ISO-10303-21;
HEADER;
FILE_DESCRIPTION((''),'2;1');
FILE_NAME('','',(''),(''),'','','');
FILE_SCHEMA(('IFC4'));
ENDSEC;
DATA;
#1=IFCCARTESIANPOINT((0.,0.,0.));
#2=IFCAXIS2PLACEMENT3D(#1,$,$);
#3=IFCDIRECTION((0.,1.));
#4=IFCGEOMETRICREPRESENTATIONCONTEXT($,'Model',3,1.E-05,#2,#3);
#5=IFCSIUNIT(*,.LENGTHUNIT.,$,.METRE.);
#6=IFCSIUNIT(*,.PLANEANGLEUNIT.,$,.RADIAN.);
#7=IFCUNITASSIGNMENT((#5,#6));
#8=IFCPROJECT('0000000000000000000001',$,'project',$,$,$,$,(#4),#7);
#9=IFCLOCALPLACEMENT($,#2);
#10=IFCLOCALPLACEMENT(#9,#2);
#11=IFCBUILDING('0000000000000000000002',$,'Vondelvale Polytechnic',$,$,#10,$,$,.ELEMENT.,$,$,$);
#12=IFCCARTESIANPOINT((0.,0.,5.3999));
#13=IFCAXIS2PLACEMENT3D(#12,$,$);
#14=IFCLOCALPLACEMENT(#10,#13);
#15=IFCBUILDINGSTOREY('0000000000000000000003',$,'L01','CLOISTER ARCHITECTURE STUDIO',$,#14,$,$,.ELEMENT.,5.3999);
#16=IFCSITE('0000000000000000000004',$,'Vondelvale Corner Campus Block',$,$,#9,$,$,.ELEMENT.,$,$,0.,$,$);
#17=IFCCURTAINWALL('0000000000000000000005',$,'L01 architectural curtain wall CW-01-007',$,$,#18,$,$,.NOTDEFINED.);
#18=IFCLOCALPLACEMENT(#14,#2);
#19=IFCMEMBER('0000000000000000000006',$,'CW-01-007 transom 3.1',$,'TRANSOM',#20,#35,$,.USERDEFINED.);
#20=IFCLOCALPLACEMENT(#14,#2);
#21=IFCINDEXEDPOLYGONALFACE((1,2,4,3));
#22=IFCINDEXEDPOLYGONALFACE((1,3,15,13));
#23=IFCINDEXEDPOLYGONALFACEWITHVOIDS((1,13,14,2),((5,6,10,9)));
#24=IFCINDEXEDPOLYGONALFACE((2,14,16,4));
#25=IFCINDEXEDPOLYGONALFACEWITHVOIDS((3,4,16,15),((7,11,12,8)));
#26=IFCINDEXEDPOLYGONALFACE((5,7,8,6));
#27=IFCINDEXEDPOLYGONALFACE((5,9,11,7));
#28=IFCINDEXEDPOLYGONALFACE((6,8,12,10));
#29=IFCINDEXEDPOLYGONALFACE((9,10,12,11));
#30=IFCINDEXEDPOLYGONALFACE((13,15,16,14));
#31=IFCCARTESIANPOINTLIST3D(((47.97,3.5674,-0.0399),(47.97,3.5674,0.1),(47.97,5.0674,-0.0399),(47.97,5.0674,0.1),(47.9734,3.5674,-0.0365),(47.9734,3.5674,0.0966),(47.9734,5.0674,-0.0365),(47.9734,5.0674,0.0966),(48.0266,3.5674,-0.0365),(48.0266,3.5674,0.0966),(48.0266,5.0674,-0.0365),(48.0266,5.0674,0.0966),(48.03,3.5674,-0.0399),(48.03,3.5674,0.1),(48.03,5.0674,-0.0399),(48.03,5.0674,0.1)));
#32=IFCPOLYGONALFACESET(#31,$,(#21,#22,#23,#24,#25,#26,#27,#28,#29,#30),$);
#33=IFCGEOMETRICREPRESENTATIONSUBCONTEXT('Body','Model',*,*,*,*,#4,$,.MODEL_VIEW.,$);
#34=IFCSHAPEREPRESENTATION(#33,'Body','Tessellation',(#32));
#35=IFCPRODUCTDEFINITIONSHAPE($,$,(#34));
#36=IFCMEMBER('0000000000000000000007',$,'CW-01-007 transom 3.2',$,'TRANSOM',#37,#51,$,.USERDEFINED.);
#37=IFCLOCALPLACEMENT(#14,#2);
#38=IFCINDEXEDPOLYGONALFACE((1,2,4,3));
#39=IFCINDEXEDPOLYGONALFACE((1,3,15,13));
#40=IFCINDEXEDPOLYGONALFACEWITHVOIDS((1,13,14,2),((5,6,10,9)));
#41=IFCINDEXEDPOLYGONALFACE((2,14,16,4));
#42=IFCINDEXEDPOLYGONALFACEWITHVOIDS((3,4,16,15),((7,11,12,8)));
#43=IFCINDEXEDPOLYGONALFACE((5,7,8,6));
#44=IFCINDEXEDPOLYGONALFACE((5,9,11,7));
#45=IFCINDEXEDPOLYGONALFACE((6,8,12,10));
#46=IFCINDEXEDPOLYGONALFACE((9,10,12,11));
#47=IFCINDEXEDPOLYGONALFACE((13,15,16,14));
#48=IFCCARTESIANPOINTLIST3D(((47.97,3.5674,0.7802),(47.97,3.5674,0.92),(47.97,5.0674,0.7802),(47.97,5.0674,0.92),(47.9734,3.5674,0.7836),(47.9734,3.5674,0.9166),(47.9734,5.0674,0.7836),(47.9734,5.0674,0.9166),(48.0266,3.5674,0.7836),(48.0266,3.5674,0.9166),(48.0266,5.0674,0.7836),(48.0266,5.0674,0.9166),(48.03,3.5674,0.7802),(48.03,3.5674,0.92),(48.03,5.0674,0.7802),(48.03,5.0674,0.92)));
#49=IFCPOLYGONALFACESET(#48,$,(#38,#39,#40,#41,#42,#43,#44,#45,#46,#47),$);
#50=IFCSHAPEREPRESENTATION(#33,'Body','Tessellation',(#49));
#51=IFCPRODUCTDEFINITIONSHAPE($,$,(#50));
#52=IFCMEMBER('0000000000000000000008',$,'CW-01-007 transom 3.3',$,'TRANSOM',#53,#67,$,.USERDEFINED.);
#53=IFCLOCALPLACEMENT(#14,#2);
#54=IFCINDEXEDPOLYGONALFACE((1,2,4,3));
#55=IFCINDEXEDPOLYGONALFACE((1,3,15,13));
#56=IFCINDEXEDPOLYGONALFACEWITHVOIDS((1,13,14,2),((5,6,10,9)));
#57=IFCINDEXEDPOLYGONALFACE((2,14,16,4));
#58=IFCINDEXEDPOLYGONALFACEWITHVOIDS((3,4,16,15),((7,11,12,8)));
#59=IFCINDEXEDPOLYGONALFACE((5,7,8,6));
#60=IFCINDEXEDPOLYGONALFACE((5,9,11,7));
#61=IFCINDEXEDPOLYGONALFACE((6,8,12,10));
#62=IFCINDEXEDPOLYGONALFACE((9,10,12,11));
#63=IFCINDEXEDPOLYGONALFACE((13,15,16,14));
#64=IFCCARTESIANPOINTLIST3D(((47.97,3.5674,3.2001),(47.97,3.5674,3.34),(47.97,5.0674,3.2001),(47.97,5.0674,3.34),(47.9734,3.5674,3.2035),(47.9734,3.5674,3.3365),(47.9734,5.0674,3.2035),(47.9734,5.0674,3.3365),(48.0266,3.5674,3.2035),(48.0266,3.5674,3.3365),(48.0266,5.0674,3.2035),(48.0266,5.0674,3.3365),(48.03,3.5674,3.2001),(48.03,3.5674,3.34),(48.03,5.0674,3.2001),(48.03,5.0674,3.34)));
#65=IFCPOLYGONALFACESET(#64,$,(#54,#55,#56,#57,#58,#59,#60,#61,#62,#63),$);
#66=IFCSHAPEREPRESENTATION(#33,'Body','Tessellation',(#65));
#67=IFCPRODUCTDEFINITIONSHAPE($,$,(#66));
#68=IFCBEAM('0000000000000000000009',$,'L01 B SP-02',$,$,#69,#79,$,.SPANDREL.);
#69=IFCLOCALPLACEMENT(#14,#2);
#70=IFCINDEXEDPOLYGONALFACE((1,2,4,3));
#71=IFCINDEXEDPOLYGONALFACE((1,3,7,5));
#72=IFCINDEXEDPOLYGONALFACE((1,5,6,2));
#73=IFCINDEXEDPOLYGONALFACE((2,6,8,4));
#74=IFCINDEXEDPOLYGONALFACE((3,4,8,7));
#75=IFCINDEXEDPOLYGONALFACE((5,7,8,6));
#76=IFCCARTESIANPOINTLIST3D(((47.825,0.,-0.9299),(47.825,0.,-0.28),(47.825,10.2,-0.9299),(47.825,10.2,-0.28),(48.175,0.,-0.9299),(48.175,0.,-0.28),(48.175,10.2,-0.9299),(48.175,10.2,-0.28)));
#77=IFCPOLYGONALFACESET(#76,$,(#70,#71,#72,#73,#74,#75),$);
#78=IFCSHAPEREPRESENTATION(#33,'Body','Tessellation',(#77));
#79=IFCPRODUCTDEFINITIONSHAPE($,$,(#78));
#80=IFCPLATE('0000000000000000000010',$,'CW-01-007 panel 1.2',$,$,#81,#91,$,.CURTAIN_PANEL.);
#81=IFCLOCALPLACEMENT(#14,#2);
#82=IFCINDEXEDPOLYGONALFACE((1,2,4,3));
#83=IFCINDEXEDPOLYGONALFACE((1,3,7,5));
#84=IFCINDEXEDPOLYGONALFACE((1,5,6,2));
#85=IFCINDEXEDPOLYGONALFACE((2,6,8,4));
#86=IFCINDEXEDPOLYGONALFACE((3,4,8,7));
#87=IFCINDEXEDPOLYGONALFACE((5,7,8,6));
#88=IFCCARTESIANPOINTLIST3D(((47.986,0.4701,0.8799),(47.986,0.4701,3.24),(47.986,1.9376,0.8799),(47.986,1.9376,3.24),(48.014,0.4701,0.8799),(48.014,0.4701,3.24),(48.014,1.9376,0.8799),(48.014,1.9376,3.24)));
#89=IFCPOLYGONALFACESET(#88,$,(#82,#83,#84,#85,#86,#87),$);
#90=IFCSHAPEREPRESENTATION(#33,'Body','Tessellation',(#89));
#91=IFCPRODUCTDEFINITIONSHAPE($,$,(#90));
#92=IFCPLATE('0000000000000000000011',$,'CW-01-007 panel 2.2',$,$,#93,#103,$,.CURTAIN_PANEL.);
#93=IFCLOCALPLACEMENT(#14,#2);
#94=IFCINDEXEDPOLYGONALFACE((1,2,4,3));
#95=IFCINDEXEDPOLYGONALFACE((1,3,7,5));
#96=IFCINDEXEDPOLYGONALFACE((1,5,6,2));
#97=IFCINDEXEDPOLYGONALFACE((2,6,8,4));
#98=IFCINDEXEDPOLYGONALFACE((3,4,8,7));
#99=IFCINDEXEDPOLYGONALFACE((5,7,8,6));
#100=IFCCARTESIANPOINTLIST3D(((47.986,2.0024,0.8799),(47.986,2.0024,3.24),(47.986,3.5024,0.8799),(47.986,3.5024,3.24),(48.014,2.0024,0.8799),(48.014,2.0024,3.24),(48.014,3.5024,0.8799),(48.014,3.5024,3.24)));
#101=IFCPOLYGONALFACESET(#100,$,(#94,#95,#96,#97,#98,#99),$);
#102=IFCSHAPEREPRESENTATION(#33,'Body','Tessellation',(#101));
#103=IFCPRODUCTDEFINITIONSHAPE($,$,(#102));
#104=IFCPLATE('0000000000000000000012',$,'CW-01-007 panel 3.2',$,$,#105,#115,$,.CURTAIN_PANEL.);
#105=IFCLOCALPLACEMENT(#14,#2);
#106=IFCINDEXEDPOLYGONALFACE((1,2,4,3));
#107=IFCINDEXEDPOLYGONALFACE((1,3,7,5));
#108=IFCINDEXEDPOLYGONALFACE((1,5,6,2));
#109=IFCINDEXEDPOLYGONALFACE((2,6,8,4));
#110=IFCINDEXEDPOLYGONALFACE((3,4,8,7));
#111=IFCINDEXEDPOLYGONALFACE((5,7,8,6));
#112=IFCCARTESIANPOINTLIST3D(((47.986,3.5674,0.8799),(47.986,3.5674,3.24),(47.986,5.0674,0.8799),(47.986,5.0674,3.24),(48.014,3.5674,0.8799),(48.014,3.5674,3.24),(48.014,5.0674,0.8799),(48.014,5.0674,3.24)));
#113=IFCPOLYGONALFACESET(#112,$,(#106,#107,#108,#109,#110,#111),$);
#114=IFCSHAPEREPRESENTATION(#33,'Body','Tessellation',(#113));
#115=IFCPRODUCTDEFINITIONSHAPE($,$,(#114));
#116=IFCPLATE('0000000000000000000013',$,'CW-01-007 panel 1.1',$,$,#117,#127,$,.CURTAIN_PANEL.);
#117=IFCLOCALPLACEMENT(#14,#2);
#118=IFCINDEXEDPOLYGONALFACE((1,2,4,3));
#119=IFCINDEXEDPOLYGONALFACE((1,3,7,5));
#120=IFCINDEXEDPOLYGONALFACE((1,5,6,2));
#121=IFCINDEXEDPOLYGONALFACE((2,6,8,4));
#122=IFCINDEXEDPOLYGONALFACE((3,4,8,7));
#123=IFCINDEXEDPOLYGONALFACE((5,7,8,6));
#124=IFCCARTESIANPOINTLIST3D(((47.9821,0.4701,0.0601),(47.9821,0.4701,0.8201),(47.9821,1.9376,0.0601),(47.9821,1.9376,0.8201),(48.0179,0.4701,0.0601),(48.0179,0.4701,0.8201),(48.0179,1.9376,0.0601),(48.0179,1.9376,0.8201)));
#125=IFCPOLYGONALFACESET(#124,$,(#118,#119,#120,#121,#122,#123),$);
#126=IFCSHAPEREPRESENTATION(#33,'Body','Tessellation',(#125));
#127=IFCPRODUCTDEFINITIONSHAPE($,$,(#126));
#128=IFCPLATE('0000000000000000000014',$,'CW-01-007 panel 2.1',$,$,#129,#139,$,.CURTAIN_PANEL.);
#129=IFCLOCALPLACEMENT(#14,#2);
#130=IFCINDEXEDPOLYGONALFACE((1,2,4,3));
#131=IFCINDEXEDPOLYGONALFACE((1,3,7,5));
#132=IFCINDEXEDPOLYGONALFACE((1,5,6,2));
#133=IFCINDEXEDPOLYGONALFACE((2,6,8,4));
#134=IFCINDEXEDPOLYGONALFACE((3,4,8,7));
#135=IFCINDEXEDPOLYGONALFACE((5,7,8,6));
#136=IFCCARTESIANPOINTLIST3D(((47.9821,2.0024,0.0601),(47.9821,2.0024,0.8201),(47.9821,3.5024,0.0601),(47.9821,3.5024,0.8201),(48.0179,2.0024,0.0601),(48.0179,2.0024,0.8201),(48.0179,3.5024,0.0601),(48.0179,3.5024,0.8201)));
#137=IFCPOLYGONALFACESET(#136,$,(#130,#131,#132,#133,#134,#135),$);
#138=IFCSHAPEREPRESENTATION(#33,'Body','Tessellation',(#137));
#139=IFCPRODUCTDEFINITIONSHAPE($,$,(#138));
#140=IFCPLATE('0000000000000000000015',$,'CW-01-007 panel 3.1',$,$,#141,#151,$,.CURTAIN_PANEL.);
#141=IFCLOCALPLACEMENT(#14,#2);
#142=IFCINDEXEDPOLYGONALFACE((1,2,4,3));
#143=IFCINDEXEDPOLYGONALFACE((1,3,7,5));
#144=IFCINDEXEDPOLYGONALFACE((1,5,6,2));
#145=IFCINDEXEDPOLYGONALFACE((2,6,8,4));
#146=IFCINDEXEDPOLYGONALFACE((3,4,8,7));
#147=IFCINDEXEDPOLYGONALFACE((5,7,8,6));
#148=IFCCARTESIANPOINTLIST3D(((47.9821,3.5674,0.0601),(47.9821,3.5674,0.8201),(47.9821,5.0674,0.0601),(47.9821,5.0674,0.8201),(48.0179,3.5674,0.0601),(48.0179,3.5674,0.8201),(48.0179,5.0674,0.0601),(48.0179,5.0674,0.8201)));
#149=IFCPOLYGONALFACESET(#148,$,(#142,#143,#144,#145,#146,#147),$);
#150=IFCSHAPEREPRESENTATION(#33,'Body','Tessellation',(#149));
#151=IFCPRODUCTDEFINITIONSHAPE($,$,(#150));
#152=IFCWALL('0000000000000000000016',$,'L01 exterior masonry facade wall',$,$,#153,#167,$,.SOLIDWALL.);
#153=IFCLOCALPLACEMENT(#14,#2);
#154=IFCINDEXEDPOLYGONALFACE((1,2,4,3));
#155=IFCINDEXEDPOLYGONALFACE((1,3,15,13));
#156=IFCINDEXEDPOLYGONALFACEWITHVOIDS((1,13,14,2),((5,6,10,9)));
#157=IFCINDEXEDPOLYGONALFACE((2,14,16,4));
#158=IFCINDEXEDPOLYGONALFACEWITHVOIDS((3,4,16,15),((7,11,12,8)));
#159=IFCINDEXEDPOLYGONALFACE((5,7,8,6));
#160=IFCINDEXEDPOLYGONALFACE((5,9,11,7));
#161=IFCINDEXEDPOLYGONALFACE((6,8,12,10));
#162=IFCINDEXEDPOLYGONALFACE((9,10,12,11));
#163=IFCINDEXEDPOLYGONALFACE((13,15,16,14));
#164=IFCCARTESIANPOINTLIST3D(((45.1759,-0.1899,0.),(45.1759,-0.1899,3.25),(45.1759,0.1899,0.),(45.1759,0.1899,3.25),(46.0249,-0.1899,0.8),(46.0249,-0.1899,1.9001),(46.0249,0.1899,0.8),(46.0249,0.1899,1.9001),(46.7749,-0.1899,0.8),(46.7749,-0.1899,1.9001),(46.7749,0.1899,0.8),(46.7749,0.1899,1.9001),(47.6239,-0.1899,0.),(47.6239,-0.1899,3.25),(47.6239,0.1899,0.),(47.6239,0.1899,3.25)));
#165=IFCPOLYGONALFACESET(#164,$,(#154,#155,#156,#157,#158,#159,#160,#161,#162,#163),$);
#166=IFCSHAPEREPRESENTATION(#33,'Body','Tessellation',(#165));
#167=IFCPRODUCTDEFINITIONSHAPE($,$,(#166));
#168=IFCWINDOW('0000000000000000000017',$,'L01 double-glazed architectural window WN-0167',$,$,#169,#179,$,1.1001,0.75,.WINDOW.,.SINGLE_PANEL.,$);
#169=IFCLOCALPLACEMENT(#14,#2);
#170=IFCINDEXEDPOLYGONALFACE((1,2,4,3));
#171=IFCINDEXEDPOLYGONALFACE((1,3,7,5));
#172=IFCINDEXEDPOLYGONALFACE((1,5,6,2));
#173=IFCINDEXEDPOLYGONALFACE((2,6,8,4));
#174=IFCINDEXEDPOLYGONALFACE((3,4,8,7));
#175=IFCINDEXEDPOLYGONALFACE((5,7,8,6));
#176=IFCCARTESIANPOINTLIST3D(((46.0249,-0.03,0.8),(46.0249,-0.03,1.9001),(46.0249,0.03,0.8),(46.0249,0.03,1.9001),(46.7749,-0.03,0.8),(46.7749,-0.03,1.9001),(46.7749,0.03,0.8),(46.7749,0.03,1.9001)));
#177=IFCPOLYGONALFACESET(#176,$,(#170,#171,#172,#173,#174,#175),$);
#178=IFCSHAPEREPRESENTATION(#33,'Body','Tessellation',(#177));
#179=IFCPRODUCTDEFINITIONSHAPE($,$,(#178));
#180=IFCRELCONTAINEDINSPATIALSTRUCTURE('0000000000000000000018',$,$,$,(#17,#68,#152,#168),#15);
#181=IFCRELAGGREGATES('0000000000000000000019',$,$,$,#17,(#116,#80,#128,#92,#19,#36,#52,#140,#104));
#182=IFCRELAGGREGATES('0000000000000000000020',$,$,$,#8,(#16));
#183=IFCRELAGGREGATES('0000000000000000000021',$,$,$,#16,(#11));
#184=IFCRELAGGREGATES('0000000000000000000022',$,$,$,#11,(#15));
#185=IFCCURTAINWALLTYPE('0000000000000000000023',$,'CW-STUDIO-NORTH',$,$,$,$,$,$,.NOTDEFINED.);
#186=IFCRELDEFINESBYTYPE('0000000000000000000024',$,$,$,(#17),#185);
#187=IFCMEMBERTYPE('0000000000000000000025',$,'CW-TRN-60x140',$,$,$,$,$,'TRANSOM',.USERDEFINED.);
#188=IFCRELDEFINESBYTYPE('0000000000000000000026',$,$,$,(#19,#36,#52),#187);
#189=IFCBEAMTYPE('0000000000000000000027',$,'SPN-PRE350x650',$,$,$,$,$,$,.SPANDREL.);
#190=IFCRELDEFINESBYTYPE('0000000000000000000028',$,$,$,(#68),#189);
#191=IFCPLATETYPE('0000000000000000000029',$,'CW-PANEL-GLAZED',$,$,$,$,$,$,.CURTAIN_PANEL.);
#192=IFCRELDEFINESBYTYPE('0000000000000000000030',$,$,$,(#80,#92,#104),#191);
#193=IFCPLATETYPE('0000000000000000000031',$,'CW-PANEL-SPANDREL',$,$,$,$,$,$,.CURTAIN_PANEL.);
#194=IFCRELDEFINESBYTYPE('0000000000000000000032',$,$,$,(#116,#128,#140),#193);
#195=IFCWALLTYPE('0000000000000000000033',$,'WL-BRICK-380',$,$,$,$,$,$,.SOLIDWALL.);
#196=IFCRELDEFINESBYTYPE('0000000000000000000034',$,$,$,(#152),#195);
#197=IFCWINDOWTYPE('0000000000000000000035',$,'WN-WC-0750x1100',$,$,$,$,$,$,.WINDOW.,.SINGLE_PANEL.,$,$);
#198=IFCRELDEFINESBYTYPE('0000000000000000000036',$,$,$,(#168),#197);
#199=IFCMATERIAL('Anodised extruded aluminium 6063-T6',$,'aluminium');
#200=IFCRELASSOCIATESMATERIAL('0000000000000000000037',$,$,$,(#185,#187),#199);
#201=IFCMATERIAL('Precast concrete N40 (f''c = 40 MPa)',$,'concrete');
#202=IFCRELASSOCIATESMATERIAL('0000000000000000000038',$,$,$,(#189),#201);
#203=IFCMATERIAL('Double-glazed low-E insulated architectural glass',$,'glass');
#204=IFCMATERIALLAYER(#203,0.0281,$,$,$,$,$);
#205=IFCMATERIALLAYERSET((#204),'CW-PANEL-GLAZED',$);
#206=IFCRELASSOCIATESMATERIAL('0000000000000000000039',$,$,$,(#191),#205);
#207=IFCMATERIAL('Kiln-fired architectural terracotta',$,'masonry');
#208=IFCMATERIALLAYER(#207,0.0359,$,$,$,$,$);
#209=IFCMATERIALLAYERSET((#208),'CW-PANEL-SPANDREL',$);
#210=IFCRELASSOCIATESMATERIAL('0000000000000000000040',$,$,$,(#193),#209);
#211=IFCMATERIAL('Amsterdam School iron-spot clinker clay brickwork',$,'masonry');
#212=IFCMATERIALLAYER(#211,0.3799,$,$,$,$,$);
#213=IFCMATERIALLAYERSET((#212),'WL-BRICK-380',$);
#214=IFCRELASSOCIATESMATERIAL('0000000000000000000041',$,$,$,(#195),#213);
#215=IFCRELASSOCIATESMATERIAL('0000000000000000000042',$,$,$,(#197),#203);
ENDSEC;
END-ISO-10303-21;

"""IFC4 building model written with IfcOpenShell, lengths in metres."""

from ifc_helpers import new_model, si_unit, direction, frame, frame_2d, origin, origin_2d, place, context, subcontext, project, spatial, rectangle, hollow_rectangle, extrude, material, layer, layer_set, material_profile, profile_set, type_object, element, fill, aggregate, save


model = new_model("IFC4")

# Units and contexts
model_context = context("Model", 3, precision=1e-05, world=origin(), true_north=direction((0.0, 1.0)))
body_context = subcontext(model_context, "Body", "Model", "MODEL_VIEW")
ifc_project = project(units=[si_unit("LENGTHUNIT", "METRE"), si_unit("PLANEANGLEUNIT", "RADIAN")], contexts=[model_context])

# Site, building, storey
site_placement = place(None, origin())
site = spatial("IfcSite", under=ifc_project, at=site_placement, Name="Vondelvale Corner Campus Block", CompositionType="ELEMENT", RefElevation=0.0)
building_placement = place(site_placement, origin())
building = spatial("IfcBuilding", under=site, at=building_placement, Name="Vondelvale Polytechnic", CompositionType="ELEMENT")
storey_placement = place(building_placement, frame((0.0, 0.0, 5.3999)))
storey = spatial("IfcBuildingStorey", under=building, at=storey_placement, Name="L01", Description="CLOISTER ARCHITECTURE STUDIO", CompositionType="ELEMENT", Elevation=5.3999)

# Curtain wall, members
ifc_material_1 = material(Name="Anodised extruded aluminium 6063-T6", Category="aluminium")
curtain_wall_type = type_object("IfcCurtainWallType", Name="CW-STUDIO-NORTH", PredefinedType="NOTDEFINED", material=ifc_material_1)
curtain_wall_placement = place(storey_placement, origin())
curtain_wall = element("IfcCurtainWall", 1, at=curtain_wall_placement, inside=storey, type_object=curtain_wall_type, Name="L01 architectural curtain wall CW-01-007", PredefinedType="NOTDEFINED")
ifc_material_profile_1 = material_profile(ifc_material_1, hollow_rectangle(XDim=0.0601, YDim=0.1399, WallThickness=0.0034, at=origin_2d()), Name="CW-TRN-140x60")
ifc_profile_set_1 = profile_set([ifc_material_profile_1], Name="Anodised extruded aluminium 6063-T6")
member_type_1 = type_object("IfcMemberType", Name="CW-TRN-60x140", ElementType="TRANSOM", PredefinedType="USERDEFINED", material=ifc_profile_set_1)
member_1_placement = place(storey_placement, frame((48.0, 3.5674, 0.03), z_axis=(0.0, 1.0, 0.0), x_axis=(-1.0, 0.0, 0.0)))
member_1 = element("IfcMember", 2, at=member_1_placement, type_object=member_type_1, Name="CW-01-007 transom 3.1", ObjectType="TRANSOM", PredefinedType="USERDEFINED", context=body_context, shape_type="SweptSolid", body=[
    extrude(hollow_rectangle(XDim=0.0601, YDim=0.1399, WallThickness=0.0034, at=origin_2d()), origin(), (0.0, 0.0, 1.0), 1.5),
])
member_2_placement = place(storey_placement, frame((48.0, 3.5674, 0.8501), z_axis=(0.0, 1.0, 0.0), x_axis=(-1.0, 0.0, 0.0)))
member_2 = element("IfcMember", 3, at=member_2_placement, type_object=member_type_1, Name="CW-01-007 transom 3.2", ObjectType="TRANSOM", PredefinedType="USERDEFINED", context=body_context, shape_type="SweptSolid", body=[
    extrude(hollow_rectangle(XDim=0.0601, YDim=0.1399, WallThickness=0.0034, at=origin_2d()), origin(), (0.0, 0.0, 1.0), 1.5),
])
member_3_placement = place(storey_placement, frame((48.0, 3.5674, 3.27), z_axis=(0.0, 1.0, 0.0), x_axis=(-1.0, 0.0, 0.0)))
member_3 = element("IfcMember", 4, at=member_3_placement, type_object=member_type_1, Name="CW-01-007 transom 3.3", ObjectType="TRANSOM", PredefinedType="USERDEFINED", context=body_context, shape_type="SweptSolid", body=[
    extrude(hollow_rectangle(XDim=0.0601, YDim=0.1399, WallThickness=0.0034, at=origin_2d()), origin(), (0.0, 0.0, 1.0), 1.5),
])

# Beam
ifc_material_2 = material(Name="Precast concrete N40 (f'c = 40 MPa)", Category="concrete")
ifc_material_profile_2 = material_profile(ifc_material_2, rectangle(XDim=0.3501, YDim=0.6499, at=origin_2d()), Name="RC-SPN-350x650")
ifc_profile_set_2 = profile_set([ifc_material_profile_2], Name="Precast concrete N40 (f'c = 40 MPa)")
beam_type = type_object("IfcBeamType", Name="SPN-PRE350x650", PredefinedType="SPANDREL", material=ifc_profile_set_2)
beam_placement = place(storey_placement, frame((48.0, 0.0, -0.605), z_axis=(0.0, 1.0, 0.0), x_axis=(-1.0, 0.0, 0.0)))
element("IfcBeam", 5, at=beam_placement, inside=storey, type_object=beam_type, Name="L01 B SP-02", PredefinedType="SPANDREL", context=body_context, shape_type="SweptSolid", body=[
    extrude(rectangle(XDim=0.3501, YDim=0.6499, at=origin_2d()), origin(), (0.0, 0.0, 1.0), 10.2),
])

# Plates
ifc_material_3 = material(Name="Double-glazed low-E insulated architectural glass", Category="glass")
ifc_layer_1 = layer(ifc_material_3, 0.0281)
ifc_layer_set_1 = layer_set([ifc_layer_1], Name="CW-PANEL-GLAZED")
plate_type_1 = type_object("IfcPlateType", Name="CW-PANEL-GLAZED", PredefinedType="CURTAIN_PANEL", material=ifc_layer_set_1)
plate_1_placement = place(storey_placement, frame((48.0, 1.2039, 0.8799), z_axis=(0.0, 0.0, 1.0), x_axis=(0.0, 1.0, 0.0)))
plate_1 = element("IfcPlate", 6, at=plate_1_placement, type_object=plate_type_1, Name="CW-01-007 panel 1.2", PredefinedType="CURTAIN_PANEL", context=body_context, shape_type="SweptSolid", body=[
    extrude(rectangle(XDim=1.4675, YDim=0.0281, at=origin_2d()), origin(), (0.0, 0.0, 1.0), 2.3601),
])
plate_2_placement = place(storey_placement, frame((48.0, 2.7524, 0.8799), z_axis=(0.0, 0.0, 1.0), x_axis=(0.0, 1.0, 0.0)))
plate_2 = element("IfcPlate", 7, at=plate_2_placement, type_object=plate_type_1, Name="CW-01-007 panel 2.2", PredefinedType="CURTAIN_PANEL", context=body_context, shape_type="SweptSolid", body=[
    extrude(rectangle(XDim=1.5, YDim=0.0281, at=origin_2d()), origin(), (0.0, 0.0, 1.0), 2.3601),
])
plate_3_placement = place(storey_placement, frame((48.0, 4.3174, 0.8799), z_axis=(0.0, 0.0, 1.0), x_axis=(0.0, 1.0, 0.0)))
plate_3 = element("IfcPlate", 8, at=plate_3_placement, type_object=plate_type_1, Name="CW-01-007 panel 3.2", PredefinedType="CURTAIN_PANEL", context=body_context, shape_type="SweptSolid", body=[
    extrude(rectangle(XDim=1.5, YDim=0.0281, at=origin_2d()), origin(), (0.0, 0.0, 1.0), 2.3601),
])
ifc_material_4 = material(Name="Kiln-fired architectural terracotta", Category="masonry")
ifc_layer_2 = layer(ifc_material_4, 0.0359)
ifc_layer_set_2 = layer_set([ifc_layer_2], Name="CW-PANEL-SPANDREL")
plate_type_2 = type_object("IfcPlateType", Name="CW-PANEL-SPANDREL", PredefinedType="CURTAIN_PANEL", material=ifc_layer_set_2)
plate_4_placement = place(storey_placement, frame((48.0, 1.2039, 0.0601), z_axis=(0.0, 0.0, 1.0), x_axis=(0.0, 1.0, 0.0)))
plate_4 = element("IfcPlate", 9, at=plate_4_placement, type_object=plate_type_2, Name="CW-01-007 panel 1.1", PredefinedType="CURTAIN_PANEL", context=body_context, shape_type="SweptSolid", body=[
    extrude(rectangle(XDim=1.4675, YDim=0.0359, at=origin_2d()), origin(), (0.0, 0.0, 1.0), 0.76),
])
plate_5_placement = place(storey_placement, frame((48.0, 2.7524, 0.0601), z_axis=(0.0, 0.0, 1.0), x_axis=(0.0, 1.0, 0.0)))
plate_5 = element("IfcPlate", 10, at=plate_5_placement, type_object=plate_type_2, Name="CW-01-007 panel 2.1", PredefinedType="CURTAIN_PANEL", context=body_context, shape_type="SweptSolid", body=[
    extrude(rectangle(XDim=1.5, YDim=0.0359, at=origin_2d()), origin(), (0.0, 0.0, 1.0), 0.76),
])
plate_6_placement = place(storey_placement, frame((48.0, 4.3174, 0.0601), z_axis=(0.0, 0.0, 1.0), x_axis=(0.0, 1.0, 0.0)))
plate_6 = element("IfcPlate", 11, at=plate_6_placement, type_object=plate_type_2, Name="CW-01-007 panel 3.1", PredefinedType="CURTAIN_PANEL", context=body_context, shape_type="SweptSolid", body=[
    extrude(rectangle(XDim=1.5, YDim=0.0359, at=origin_2d()), origin(), (0.0, 0.0, 1.0), 0.76),
])
aggregate(curtain_wall, [plate_4, plate_1, plate_5, plate_2, member_1, member_2, member_3, plate_6, plate_3])

# Wall, opening, window
ifc_material_5 = material(Name="Amsterdam School iron-spot clinker clay brickwork", Category="masonry")
ifc_layer_3 = layer(ifc_material_5, 0.3799)
ifc_layer_set_3 = layer_set([ifc_layer_3], Name="WL-BRICK-380")
wall_type = type_object("IfcWallType", Name="WL-BRICK-380", PredefinedType="SOLIDWALL", material=ifc_layer_set_3)
wall_placement = place(storey_placement, frame((47.624, 0.0, 0.0), z_axis=(0.0, 0.0, 1.0), x_axis=(-1.0, 0.0, 0.0)))
wall = element("IfcWall", 12, at=wall_placement, inside=storey, type_object=wall_type, Name="L01 exterior masonry facade wall", PredefinedType="SOLIDWALL", context=body_context, shape_type="SweptSolid", body=[
    extrude(rectangle(XDim=2.448, YDim=0.3799, at=frame_2d((1.2241, 0.0))), origin(), (0.0, 0.0, 1.0), 3.25),
])
opening_placement = place(wall_placement, frame((0.8491, 0.0, 0.8)))
opening = element("IfcOpeningElement", 13, at=opening_placement, cuts=wall, PredefinedType="OPENING", context=body_context, shape_type="SweptSolid", body=[
    extrude(rectangle(XDim=0.75, YDim=1.1001, at=frame_2d((0.375, 0.55))), frame((0.0, 0.2, 0.0), z_axis=(0.0, -1.0, 0.0), x_axis=(1.0, 0.0, 0.0)), (0.0, 0.0, 1.0), 0.3999),
])
window_type = type_object("IfcWindowType", Name="WN-WC-0750x1100", PartitioningType="SINGLE_PANEL", PredefinedType="WINDOW", material=ifc_material_3)
window_placement = place(opening_placement, origin())
window = element("IfcWindow", 14, at=window_placement, inside=storey, type_object=window_type, Name="L01 double-glazed architectural window WN-0167", OverallHeight=1.1001, OverallWidth=0.75, PartitioningType="SINGLE_PANEL", PredefinedType="WINDOW", context=body_context, shape_type="SweptSolid", body=[
    extrude(rectangle(XDim=0.75, YDim=1.1001, at=frame_2d((0.375, 0.55))), frame((0.0, 0.03, 0.0), z_axis=(0.0, -1.0, 0.0), x_axis=(1.0, 0.0, 0.0)), (0.0, 0.0, 1.0), 0.0601),
])
fill(opening, window)

save(model, "model.ifc")
